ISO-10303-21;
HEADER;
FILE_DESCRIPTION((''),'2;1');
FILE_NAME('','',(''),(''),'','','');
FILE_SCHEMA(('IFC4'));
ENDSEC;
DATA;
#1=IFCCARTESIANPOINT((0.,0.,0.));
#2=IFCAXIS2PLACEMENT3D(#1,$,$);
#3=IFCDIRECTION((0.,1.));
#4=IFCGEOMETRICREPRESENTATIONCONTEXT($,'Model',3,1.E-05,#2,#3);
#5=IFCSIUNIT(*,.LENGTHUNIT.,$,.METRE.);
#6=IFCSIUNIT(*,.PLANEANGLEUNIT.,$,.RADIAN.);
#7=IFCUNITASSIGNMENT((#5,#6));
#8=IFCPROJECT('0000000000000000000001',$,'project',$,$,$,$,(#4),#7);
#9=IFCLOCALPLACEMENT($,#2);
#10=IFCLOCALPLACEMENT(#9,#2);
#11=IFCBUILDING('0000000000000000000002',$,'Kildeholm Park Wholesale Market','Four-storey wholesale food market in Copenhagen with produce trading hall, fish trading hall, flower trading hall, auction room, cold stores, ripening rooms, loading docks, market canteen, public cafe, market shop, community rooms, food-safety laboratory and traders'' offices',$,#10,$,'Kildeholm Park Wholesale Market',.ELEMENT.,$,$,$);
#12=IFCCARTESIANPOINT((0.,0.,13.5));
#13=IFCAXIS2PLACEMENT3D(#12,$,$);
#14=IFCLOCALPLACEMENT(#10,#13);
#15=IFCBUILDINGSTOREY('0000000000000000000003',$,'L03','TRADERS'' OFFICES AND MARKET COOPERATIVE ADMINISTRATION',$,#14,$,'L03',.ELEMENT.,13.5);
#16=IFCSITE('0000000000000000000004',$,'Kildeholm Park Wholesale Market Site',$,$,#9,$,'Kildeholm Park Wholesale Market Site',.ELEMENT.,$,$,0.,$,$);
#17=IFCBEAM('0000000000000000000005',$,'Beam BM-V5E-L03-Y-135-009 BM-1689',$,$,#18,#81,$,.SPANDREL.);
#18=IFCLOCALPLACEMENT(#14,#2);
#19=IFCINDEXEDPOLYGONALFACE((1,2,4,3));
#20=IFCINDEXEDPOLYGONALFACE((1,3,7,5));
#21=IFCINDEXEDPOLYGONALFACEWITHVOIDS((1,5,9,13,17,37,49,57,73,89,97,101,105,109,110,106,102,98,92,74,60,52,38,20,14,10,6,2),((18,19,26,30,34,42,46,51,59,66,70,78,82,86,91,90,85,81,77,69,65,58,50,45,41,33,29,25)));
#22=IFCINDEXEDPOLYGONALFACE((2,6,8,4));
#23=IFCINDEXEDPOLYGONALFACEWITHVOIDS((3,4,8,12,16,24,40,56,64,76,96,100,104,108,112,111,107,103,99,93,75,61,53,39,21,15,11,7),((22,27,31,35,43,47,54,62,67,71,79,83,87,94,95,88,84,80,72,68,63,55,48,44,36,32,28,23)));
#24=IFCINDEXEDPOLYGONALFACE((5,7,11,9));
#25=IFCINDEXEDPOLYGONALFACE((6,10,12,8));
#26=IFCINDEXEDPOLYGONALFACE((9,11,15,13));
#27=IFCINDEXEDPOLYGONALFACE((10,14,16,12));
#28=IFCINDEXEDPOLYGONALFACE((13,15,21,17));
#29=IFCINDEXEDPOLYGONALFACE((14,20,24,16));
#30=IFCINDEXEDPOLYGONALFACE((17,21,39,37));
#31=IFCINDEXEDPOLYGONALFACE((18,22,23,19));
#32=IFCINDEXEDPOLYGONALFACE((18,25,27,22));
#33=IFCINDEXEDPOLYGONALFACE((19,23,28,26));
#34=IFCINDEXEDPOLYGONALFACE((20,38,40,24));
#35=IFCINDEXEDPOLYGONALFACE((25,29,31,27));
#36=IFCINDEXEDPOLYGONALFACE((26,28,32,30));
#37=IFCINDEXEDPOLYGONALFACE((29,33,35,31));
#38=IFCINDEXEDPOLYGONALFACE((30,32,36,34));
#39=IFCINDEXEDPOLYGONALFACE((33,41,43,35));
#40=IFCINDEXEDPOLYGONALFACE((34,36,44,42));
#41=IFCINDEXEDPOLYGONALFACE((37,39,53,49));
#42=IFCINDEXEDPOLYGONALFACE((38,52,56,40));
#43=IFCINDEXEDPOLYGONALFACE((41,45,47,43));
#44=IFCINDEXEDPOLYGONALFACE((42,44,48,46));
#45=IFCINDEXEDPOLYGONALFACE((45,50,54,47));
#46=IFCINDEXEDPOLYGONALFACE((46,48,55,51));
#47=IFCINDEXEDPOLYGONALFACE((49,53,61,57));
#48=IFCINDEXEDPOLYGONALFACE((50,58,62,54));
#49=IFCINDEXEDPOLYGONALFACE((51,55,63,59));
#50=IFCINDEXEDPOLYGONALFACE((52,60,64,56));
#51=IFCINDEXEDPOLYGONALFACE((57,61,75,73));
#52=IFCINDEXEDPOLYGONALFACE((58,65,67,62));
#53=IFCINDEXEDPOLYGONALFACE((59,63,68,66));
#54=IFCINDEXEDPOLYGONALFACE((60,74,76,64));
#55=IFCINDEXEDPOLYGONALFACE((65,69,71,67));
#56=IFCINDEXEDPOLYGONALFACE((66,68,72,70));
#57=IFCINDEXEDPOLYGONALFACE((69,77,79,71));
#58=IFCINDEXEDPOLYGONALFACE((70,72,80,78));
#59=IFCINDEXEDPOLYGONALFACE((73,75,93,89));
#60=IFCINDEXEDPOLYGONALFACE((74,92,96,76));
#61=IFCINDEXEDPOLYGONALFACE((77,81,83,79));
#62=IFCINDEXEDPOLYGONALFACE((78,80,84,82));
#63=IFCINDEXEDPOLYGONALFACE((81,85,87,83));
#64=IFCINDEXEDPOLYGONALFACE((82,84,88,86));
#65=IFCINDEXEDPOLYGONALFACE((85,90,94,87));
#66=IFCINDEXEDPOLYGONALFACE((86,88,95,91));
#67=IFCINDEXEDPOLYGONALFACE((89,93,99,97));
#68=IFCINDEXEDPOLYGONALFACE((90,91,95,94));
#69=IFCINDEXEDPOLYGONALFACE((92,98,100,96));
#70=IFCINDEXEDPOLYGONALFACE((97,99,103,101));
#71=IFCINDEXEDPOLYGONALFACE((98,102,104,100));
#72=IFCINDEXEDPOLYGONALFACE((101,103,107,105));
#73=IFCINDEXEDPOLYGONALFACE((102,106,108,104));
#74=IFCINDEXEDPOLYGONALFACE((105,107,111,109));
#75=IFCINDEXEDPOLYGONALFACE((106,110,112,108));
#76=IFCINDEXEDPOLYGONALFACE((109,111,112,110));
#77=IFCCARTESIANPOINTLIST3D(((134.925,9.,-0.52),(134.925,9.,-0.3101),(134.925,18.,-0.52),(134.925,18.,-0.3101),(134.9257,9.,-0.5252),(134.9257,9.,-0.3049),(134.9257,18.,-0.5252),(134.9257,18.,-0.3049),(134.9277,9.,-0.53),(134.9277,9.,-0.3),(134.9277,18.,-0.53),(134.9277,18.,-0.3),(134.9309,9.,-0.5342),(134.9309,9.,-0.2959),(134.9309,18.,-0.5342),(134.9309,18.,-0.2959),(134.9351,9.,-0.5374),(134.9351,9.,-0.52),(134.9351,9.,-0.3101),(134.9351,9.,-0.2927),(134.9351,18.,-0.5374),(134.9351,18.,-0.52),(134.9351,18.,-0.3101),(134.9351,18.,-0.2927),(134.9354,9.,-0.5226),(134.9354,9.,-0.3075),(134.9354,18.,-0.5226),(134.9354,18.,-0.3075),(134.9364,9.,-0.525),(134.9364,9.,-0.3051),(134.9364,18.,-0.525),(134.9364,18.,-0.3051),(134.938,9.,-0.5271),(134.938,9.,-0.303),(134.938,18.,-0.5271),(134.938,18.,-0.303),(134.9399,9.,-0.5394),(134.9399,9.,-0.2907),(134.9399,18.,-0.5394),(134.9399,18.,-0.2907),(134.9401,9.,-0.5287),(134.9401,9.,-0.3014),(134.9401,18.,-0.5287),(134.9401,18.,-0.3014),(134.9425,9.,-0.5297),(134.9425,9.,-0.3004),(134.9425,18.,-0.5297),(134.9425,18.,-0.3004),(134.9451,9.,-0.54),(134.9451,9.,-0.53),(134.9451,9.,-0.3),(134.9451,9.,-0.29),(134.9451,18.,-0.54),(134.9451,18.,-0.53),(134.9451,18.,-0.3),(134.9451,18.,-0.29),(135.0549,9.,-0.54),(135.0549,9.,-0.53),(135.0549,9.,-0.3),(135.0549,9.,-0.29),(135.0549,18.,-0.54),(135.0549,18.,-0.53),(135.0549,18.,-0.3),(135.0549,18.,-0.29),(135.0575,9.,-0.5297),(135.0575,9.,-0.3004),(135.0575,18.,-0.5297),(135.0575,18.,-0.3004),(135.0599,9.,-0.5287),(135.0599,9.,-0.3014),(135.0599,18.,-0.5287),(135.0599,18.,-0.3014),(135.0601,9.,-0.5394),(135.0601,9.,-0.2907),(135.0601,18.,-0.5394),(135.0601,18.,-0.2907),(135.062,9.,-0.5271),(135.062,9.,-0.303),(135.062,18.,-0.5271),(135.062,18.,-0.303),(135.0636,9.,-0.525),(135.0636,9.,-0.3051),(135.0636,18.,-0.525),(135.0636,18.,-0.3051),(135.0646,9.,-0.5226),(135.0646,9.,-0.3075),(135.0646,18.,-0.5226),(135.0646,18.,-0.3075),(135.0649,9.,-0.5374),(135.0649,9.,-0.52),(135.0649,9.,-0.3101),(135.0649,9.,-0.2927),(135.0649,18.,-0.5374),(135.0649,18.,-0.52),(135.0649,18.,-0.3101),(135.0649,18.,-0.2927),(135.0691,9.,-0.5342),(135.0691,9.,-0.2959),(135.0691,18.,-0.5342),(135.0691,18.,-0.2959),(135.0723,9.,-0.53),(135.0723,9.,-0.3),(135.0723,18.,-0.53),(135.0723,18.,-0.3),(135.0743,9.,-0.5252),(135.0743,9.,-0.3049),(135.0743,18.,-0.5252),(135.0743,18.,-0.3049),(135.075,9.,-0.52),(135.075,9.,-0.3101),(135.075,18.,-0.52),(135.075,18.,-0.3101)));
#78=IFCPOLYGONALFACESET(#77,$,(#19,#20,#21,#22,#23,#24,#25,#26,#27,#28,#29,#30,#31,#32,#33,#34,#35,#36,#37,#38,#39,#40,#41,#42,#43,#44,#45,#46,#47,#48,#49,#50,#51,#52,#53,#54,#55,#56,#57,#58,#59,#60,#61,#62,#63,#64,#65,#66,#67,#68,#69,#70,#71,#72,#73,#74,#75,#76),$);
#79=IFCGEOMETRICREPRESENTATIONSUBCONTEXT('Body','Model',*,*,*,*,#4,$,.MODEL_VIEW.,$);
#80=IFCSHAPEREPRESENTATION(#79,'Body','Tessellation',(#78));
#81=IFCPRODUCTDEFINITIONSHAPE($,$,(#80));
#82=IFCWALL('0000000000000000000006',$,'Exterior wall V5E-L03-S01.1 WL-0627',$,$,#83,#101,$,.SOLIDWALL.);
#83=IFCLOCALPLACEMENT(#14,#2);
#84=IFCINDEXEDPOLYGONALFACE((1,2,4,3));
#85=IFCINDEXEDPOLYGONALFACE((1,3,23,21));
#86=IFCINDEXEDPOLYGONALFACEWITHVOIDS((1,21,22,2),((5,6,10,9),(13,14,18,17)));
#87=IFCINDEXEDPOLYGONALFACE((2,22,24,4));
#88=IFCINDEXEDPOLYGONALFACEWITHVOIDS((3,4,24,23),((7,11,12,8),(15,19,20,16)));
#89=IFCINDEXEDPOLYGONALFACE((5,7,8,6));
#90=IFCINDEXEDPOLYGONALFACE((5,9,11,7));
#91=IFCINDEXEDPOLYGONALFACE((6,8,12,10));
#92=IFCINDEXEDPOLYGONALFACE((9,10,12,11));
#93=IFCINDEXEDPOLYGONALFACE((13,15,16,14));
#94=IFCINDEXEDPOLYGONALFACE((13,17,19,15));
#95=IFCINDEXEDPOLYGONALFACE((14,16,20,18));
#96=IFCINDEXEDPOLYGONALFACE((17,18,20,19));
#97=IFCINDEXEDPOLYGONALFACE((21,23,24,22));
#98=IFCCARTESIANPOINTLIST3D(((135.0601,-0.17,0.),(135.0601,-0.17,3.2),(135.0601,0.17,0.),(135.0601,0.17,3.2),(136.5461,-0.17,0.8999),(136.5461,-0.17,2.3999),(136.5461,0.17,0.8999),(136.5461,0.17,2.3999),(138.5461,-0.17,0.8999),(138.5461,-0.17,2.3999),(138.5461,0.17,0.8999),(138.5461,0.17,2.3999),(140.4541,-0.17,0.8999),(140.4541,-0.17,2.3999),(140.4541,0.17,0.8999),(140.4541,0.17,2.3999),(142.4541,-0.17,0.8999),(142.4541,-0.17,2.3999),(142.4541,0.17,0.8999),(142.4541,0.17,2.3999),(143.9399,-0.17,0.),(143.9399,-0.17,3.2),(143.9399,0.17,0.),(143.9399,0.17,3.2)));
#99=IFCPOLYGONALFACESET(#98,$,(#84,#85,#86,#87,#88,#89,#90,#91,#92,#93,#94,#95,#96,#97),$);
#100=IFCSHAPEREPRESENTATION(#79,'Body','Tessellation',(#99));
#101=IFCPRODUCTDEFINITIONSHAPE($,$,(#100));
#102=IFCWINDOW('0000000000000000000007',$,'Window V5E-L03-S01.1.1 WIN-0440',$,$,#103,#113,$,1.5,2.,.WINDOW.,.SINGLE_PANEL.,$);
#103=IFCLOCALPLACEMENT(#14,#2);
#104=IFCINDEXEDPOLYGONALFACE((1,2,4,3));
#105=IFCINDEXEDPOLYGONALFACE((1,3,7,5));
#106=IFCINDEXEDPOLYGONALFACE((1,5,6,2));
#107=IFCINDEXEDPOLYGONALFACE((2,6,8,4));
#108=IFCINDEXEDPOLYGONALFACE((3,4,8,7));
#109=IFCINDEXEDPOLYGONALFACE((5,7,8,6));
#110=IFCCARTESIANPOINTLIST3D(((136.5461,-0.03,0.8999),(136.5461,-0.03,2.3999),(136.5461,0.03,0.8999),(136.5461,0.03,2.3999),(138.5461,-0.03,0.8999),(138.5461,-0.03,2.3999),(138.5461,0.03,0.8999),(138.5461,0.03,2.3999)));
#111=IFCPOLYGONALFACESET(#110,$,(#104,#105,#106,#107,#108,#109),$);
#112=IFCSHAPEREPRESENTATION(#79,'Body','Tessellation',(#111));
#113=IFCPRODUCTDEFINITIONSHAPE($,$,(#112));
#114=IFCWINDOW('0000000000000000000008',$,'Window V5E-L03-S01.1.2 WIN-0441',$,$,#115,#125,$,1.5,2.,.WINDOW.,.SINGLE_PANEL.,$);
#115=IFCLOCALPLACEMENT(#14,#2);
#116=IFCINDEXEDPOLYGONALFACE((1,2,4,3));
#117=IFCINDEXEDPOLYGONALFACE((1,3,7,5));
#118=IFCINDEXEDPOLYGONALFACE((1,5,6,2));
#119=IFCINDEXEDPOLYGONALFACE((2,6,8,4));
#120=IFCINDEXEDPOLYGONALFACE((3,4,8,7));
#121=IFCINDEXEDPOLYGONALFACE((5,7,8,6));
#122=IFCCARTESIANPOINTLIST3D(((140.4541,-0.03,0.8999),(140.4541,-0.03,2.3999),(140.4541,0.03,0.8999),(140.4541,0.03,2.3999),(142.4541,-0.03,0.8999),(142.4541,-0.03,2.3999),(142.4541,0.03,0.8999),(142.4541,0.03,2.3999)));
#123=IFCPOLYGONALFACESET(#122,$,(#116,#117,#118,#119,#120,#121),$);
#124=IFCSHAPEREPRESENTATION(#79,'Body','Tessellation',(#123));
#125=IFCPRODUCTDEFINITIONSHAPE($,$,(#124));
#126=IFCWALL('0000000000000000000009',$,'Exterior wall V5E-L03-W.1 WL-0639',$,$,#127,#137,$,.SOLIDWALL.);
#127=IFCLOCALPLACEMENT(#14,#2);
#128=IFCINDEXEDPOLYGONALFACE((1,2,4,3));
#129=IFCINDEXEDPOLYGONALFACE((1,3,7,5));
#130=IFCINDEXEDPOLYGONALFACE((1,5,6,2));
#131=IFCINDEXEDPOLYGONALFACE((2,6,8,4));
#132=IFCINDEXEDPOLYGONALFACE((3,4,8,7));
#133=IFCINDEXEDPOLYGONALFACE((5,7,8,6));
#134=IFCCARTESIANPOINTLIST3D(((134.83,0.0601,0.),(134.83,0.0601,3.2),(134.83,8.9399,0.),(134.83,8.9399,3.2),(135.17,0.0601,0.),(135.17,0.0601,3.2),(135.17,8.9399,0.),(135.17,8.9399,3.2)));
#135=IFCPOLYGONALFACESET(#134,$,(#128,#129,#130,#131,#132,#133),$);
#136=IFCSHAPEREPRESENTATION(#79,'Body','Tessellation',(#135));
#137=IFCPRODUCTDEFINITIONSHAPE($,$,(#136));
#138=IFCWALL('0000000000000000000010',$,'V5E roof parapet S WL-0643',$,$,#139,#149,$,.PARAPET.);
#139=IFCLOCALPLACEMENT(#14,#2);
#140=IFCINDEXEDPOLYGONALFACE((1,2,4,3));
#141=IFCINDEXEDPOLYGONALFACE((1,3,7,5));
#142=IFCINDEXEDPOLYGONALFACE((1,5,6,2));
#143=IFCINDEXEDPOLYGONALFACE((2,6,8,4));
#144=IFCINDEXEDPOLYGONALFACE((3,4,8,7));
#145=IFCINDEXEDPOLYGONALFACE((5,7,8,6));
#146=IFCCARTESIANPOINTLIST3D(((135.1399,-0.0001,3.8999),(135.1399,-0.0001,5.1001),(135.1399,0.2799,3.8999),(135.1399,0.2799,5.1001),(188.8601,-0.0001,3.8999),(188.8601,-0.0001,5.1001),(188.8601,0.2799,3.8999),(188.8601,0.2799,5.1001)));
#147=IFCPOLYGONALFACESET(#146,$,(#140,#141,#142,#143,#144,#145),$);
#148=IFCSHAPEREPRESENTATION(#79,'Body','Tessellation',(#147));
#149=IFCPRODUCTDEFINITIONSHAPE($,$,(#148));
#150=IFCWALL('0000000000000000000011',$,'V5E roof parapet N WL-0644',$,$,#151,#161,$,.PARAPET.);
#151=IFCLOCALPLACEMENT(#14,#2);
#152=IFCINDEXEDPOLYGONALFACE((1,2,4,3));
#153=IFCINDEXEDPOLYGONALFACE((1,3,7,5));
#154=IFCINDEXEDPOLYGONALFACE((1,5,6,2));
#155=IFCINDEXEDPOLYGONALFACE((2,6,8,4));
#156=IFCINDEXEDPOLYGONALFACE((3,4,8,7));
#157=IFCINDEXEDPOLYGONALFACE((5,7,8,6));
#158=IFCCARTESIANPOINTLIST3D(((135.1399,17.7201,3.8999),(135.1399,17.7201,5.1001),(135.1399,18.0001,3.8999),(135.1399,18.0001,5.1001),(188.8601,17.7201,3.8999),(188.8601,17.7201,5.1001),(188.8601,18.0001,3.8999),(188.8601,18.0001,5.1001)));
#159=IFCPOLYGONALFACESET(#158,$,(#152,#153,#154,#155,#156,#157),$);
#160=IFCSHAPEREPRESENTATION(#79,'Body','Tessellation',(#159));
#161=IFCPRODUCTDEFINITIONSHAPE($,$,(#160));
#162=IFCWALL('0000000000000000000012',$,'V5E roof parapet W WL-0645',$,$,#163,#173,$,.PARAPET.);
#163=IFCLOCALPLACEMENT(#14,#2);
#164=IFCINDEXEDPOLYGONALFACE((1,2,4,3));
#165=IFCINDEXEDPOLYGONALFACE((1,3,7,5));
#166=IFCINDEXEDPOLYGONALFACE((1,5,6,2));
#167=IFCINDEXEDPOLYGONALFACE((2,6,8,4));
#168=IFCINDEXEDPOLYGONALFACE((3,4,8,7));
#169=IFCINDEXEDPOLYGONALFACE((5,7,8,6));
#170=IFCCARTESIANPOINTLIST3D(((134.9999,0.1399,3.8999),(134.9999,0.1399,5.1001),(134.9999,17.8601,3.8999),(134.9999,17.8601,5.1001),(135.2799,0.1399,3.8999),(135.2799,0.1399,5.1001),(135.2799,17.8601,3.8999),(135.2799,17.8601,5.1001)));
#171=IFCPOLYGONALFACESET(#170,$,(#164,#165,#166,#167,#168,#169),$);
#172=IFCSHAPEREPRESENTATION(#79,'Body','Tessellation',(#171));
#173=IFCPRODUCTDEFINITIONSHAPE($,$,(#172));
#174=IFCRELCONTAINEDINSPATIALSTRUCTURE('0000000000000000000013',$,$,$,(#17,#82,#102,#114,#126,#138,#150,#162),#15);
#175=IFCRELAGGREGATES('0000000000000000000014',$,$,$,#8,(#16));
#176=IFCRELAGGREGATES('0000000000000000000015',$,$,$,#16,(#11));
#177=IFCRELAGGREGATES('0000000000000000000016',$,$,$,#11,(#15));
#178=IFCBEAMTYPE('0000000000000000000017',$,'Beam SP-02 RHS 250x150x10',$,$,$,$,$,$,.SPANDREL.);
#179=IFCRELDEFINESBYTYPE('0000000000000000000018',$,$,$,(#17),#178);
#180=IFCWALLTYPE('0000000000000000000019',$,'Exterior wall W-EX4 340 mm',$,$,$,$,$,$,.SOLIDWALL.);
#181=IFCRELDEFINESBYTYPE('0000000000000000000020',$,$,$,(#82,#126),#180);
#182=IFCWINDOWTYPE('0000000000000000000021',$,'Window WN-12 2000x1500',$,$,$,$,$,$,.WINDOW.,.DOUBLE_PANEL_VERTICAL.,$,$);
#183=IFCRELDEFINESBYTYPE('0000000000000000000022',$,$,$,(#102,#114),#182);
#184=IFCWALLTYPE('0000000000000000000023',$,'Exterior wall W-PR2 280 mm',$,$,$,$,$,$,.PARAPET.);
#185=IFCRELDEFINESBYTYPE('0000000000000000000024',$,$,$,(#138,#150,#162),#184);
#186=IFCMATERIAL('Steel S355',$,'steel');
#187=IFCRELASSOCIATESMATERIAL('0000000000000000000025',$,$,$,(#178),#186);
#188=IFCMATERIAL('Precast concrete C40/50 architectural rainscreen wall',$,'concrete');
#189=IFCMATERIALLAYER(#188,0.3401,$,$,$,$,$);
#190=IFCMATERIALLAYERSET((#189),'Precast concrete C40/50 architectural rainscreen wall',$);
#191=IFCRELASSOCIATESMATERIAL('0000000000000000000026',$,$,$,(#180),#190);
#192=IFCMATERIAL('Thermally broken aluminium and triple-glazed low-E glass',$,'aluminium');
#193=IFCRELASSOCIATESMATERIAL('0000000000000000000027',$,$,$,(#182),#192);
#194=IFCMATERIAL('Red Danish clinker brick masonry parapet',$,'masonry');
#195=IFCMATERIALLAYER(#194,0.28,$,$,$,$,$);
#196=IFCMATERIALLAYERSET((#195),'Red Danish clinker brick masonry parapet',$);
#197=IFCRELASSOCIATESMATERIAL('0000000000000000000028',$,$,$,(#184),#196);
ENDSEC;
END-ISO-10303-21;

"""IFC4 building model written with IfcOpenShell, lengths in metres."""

from ifc_helpers import new_model, si_unit, direction, frame, frame_2d, origin, origin_2d, place, context, subcontext, project, spatial, rectangle, hollow_rectangle, extrude, material, layer, layer_set, material_profile, profile_set, type_object, element, fill, save


model = new_model("IFC4")

# Units and contexts
model_context = context("Model", 3, precision=1e-05, world=origin(), true_north=direction((0.0, 1.0)))
body_context = subcontext(model_context, "Body", "Model", "MODEL_VIEW")
ifc_project = project(units=[si_unit("LENGTHUNIT", "METRE"), si_unit("PLANEANGLEUNIT", "RADIAN")], contexts=[model_context])

# Site, building, storey
site_placement = place(None, origin())
site = spatial("IfcSite", under=ifc_project, at=site_placement, Name="Kildeholm Park Wholesale Market Site", LongName="Kildeholm Park Wholesale Market Site", CompositionType="ELEMENT", RefElevation=0.0)
building_placement = place(site_placement, origin())
building = spatial("IfcBuilding", under=site, at=building_placement, Name="Kildeholm Park Wholesale Market", Description="Four-storey wholesale food market in Copenhagen with produce trading hall, fish trading hall, flower trading hall, auction room, cold stores, ripening rooms, loading docks, market canteen, public cafe, market shop, community rooms, food-safety laboratory and traders' offices", LongName="Kildeholm Park Wholesale Market", CompositionType="ELEMENT")
storey_placement = place(building_placement, frame((0.0, 0.0, 13.5)))
storey = spatial("IfcBuildingStorey", under=building, at=storey_placement, Name="L03", Description="TRADERS' OFFICES AND MARKET COOPERATIVE ADMINISTRATION", LongName="L03", CompositionType="ELEMENT", Elevation=13.5)

# Shared definitions
ifc_material_1 = material(Name="Steel S355", Category="steel")

# Beam
ifc_material_profile_1 = material_profile(ifc_material_1, hollow_rectangle(XDim=0.1499, YDim=0.25, WallThickness=0.01, InnerFilletRadius=0.01, OuterFilletRadius=0.02, at=origin_2d()), Name="RHS 250x150x10")
ifc_profile_set_1 = profile_set([ifc_material_profile_1], Name="Steel S355")
beam_type_1 = type_object("IfcBeamType", Name="Beam SP-02 RHS 250x150x10", PredefinedType="SPANDREL", material=ifc_profile_set_1)
for number, where, z_axis, x_axis, name in (
    (1, (135.0, 9.0, -0.415), (0.0, 1.0, 0.0), (-1.0, 0.0, 0.0), "Beam BM-V5E-L03-Y-135-009 BM-1689"),
):
    element("IfcBeam", number, at=place(storey_placement, frame(where, z_axis=z_axis, x_axis=x_axis)), inside=storey, type_object=beam_type_1, Name=name, PredefinedType="SPANDREL", context=body_context, shape_type="SweptSolid", body=[
        extrude(hollow_rectangle(XDim=0.1499, YDim=0.25, WallThickness=0.01, InnerFilletRadius=0.01, OuterFilletRadius=0.02, at=origin_2d()), origin(), (0.0, 0.0, 1.0), 9.0),
    ])

# Wall, openings, windows
ifc_material_2 = material(Name="Precast concrete C40/50 architectural rainscreen wall", Category="concrete")
ifc_layer_1 = layer(ifc_material_2, 0.3401)
ifc_layer_set_1 = layer_set([ifc_layer_1], Name="Precast concrete C40/50 architectural rainscreen wall")
wall_type_1 = type_object("IfcWallType", Name="Exterior wall W-EX4 340 mm", PredefinedType="SOLIDWALL", material=ifc_layer_set_1)
wall_1_placement = place(storey_placement, frame((135.0601, 0.0, 0.0), z_axis=(0.0, 0.0, 1.0), x_axis=(1.0, 0.0, 0.0)))
wall_1 = element("IfcWall", 2, at=wall_1_placement, inside=storey, type_object=wall_type_1, Name="Exterior wall V5E-L03-S01.1 WL-0627", PredefinedType="SOLIDWALL", context=body_context, shape_type="SweptSolid", body=[
    extrude(rectangle(XDim=8.8799, YDim=0.3401, at=frame_2d((4.4399, 0.0))), origin(), (0.0, 0.0, 1.0), 3.2),
])
opening_1_placement = place(wall_1_placement, frame((1.4861, 0.0, 0.8999)))
opening_1 = element("IfcOpeningElement", 3, at=opening_1_placement, cuts=wall_1, PredefinedType="OPENING", context=body_context, shape_type="SweptSolid", body=[
    extrude(rectangle(XDim=2.0, YDim=1.5, at=frame_2d((1.0, 0.75))), frame((0.0, 0.1799, 0.0), z_axis=(0.0, -1.0, 0.0), x_axis=(1.0, 0.0, 0.0)), (0.0, 0.0, 1.0), 0.3601),
])
opening_2_placement = place(wall_1_placement, frame((5.394, 0.0, 0.8999)))
opening_2 = element("IfcOpeningElement", 4, at=opening_2_placement, cuts=wall_1, PredefinedType="OPENING", context=body_context, shape_type="SweptSolid", body=[
    extrude(rectangle(XDim=2.0, YDim=1.5, at=frame_2d((1.0, 0.75))), frame((0.0, 0.1799, 0.0), z_axis=(0.0, -1.0, 0.0), x_axis=(1.0, 0.0, 0.0)), (0.0, 0.0, 1.0), 0.3601),
])
ifc_material_3 = material(Name="Thermally broken aluminium and triple-glazed low-E glass", Category="aluminium")
window_type = type_object("IfcWindowType", Name="Window WN-12 2000x1500", PartitioningType="DOUBLE_PANEL_VERTICAL", PredefinedType="WINDOW", material=ifc_material_3)
window_1_placement = place(opening_1_placement, origin())
window_1 = element("IfcWindow", 5, at=window_1_placement, inside=storey, type_object=window_type, Name="Window V5E-L03-S01.1.1 WIN-0440", OverallHeight=1.5, OverallWidth=2.0, PartitioningType="SINGLE_PANEL", PredefinedType="WINDOW", context=body_context, shape_type="SweptSolid", body=[
    extrude(rectangle(XDim=2.0, YDim=1.5, at=frame_2d((1.0, 0.75))), frame((0.0, 0.03, 0.0), z_axis=(0.0, -1.0, 0.0), x_axis=(1.0, 0.0, 0.0)), (0.0, 0.0, 1.0), 0.0601),
])
fill(opening_1, window_1)
window_2_placement = place(opening_2_placement, origin())
window_2 = element("IfcWindow", 6, at=window_2_placement, inside=storey, type_object=window_type, Name="Window V5E-L03-S01.1.2 WIN-0441", OverallHeight=1.5, OverallWidth=2.0, PartitioningType="SINGLE_PANEL", PredefinedType="WINDOW", context=body_context, shape_type="SweptSolid", body=[
    extrude(rectangle(XDim=2.0, YDim=1.5, at=frame_2d((1.0, 0.75))), frame((0.0, 0.03, 0.0), z_axis=(0.0, -1.0, 0.0), x_axis=(1.0, 0.0, 0.0)), (0.0, 0.0, 1.0), 0.0601),
])
fill(opening_2, window_2)

# Wall
wall_2_placement = place(storey_placement, frame((135.0, 0.0601, 0.0), z_axis=(0.0, 0.0, 1.0), x_axis=(0.0, 1.0, 0.0)))
element("IfcWall", 7, at=wall_2_placement, inside=storey, type_object=wall_type_1, Name="Exterior wall V5E-L03-W.1 WL-0639", PredefinedType="SOLIDWALL", context=body_context, shape_type="SweptSolid", body=[
    extrude(rectangle(XDim=8.8799, YDim=0.3401, at=frame_2d((4.4399, 0.0))), origin(), (0.0, 0.0, 1.0), 3.2),
])

# Walls
ifc_material_4 = material(Name="Red Danish clinker brick masonry parapet", Category="masonry")
ifc_layer_2 = layer(ifc_material_4, 0.28)
ifc_layer_set_2 = layer_set([ifc_layer_2], Name="Red Danish clinker brick masonry parapet")
wall_type_2 = type_object("IfcWallType", Name="Exterior wall W-PR2 280 mm", PredefinedType="PARAPET", material=ifc_layer_set_2)
for number, where, z_axis, x_axis, name in (
    (8, (135.1399, 0.1399, 3.8999), (0.0, 0.0, 1.0), (1.0, 0.0, 0.0), "V5E roof parapet S WL-0643"),
    (9, (135.1399, 17.8601, 3.8999), (0.0, 0.0, 1.0), (1.0, 0.0, 0.0), "V5E roof parapet N WL-0644"),
):
    element("IfcWall", number, at=place(storey_placement, frame(where, z_axis=z_axis, x_axis=x_axis)), inside=storey, type_object=wall_type_2, Name=name, PredefinedType="PARAPET", context=body_context, shape_type="SweptSolid", body=[
        extrude(rectangle(XDim=53.7202, YDim=0.28, at=frame_2d((26.8601, 0.0))), origin(), (0.0, 0.0, 1.0), 1.2002),
    ])
wall_3_placement = place(storey_placement, frame((135.1399, 0.1399, 3.8999), z_axis=(0.0, 0.0, 1.0), x_axis=(0.0, 1.0, 0.0)))
element("IfcWall", 10, at=wall_3_placement, inside=storey, type_object=wall_type_2, Name="V5E roof parapet W WL-0645", PredefinedType="PARAPET", context=body_context, shape_type="SweptSolid", body=[
    extrude(rectangle(XDim=17.7202, YDim=0.28, at=frame_2d((8.8601, 0.0))), origin(), (0.0, 0.0, 1.0), 1.2002),
])

save(model, "model.ifc")
